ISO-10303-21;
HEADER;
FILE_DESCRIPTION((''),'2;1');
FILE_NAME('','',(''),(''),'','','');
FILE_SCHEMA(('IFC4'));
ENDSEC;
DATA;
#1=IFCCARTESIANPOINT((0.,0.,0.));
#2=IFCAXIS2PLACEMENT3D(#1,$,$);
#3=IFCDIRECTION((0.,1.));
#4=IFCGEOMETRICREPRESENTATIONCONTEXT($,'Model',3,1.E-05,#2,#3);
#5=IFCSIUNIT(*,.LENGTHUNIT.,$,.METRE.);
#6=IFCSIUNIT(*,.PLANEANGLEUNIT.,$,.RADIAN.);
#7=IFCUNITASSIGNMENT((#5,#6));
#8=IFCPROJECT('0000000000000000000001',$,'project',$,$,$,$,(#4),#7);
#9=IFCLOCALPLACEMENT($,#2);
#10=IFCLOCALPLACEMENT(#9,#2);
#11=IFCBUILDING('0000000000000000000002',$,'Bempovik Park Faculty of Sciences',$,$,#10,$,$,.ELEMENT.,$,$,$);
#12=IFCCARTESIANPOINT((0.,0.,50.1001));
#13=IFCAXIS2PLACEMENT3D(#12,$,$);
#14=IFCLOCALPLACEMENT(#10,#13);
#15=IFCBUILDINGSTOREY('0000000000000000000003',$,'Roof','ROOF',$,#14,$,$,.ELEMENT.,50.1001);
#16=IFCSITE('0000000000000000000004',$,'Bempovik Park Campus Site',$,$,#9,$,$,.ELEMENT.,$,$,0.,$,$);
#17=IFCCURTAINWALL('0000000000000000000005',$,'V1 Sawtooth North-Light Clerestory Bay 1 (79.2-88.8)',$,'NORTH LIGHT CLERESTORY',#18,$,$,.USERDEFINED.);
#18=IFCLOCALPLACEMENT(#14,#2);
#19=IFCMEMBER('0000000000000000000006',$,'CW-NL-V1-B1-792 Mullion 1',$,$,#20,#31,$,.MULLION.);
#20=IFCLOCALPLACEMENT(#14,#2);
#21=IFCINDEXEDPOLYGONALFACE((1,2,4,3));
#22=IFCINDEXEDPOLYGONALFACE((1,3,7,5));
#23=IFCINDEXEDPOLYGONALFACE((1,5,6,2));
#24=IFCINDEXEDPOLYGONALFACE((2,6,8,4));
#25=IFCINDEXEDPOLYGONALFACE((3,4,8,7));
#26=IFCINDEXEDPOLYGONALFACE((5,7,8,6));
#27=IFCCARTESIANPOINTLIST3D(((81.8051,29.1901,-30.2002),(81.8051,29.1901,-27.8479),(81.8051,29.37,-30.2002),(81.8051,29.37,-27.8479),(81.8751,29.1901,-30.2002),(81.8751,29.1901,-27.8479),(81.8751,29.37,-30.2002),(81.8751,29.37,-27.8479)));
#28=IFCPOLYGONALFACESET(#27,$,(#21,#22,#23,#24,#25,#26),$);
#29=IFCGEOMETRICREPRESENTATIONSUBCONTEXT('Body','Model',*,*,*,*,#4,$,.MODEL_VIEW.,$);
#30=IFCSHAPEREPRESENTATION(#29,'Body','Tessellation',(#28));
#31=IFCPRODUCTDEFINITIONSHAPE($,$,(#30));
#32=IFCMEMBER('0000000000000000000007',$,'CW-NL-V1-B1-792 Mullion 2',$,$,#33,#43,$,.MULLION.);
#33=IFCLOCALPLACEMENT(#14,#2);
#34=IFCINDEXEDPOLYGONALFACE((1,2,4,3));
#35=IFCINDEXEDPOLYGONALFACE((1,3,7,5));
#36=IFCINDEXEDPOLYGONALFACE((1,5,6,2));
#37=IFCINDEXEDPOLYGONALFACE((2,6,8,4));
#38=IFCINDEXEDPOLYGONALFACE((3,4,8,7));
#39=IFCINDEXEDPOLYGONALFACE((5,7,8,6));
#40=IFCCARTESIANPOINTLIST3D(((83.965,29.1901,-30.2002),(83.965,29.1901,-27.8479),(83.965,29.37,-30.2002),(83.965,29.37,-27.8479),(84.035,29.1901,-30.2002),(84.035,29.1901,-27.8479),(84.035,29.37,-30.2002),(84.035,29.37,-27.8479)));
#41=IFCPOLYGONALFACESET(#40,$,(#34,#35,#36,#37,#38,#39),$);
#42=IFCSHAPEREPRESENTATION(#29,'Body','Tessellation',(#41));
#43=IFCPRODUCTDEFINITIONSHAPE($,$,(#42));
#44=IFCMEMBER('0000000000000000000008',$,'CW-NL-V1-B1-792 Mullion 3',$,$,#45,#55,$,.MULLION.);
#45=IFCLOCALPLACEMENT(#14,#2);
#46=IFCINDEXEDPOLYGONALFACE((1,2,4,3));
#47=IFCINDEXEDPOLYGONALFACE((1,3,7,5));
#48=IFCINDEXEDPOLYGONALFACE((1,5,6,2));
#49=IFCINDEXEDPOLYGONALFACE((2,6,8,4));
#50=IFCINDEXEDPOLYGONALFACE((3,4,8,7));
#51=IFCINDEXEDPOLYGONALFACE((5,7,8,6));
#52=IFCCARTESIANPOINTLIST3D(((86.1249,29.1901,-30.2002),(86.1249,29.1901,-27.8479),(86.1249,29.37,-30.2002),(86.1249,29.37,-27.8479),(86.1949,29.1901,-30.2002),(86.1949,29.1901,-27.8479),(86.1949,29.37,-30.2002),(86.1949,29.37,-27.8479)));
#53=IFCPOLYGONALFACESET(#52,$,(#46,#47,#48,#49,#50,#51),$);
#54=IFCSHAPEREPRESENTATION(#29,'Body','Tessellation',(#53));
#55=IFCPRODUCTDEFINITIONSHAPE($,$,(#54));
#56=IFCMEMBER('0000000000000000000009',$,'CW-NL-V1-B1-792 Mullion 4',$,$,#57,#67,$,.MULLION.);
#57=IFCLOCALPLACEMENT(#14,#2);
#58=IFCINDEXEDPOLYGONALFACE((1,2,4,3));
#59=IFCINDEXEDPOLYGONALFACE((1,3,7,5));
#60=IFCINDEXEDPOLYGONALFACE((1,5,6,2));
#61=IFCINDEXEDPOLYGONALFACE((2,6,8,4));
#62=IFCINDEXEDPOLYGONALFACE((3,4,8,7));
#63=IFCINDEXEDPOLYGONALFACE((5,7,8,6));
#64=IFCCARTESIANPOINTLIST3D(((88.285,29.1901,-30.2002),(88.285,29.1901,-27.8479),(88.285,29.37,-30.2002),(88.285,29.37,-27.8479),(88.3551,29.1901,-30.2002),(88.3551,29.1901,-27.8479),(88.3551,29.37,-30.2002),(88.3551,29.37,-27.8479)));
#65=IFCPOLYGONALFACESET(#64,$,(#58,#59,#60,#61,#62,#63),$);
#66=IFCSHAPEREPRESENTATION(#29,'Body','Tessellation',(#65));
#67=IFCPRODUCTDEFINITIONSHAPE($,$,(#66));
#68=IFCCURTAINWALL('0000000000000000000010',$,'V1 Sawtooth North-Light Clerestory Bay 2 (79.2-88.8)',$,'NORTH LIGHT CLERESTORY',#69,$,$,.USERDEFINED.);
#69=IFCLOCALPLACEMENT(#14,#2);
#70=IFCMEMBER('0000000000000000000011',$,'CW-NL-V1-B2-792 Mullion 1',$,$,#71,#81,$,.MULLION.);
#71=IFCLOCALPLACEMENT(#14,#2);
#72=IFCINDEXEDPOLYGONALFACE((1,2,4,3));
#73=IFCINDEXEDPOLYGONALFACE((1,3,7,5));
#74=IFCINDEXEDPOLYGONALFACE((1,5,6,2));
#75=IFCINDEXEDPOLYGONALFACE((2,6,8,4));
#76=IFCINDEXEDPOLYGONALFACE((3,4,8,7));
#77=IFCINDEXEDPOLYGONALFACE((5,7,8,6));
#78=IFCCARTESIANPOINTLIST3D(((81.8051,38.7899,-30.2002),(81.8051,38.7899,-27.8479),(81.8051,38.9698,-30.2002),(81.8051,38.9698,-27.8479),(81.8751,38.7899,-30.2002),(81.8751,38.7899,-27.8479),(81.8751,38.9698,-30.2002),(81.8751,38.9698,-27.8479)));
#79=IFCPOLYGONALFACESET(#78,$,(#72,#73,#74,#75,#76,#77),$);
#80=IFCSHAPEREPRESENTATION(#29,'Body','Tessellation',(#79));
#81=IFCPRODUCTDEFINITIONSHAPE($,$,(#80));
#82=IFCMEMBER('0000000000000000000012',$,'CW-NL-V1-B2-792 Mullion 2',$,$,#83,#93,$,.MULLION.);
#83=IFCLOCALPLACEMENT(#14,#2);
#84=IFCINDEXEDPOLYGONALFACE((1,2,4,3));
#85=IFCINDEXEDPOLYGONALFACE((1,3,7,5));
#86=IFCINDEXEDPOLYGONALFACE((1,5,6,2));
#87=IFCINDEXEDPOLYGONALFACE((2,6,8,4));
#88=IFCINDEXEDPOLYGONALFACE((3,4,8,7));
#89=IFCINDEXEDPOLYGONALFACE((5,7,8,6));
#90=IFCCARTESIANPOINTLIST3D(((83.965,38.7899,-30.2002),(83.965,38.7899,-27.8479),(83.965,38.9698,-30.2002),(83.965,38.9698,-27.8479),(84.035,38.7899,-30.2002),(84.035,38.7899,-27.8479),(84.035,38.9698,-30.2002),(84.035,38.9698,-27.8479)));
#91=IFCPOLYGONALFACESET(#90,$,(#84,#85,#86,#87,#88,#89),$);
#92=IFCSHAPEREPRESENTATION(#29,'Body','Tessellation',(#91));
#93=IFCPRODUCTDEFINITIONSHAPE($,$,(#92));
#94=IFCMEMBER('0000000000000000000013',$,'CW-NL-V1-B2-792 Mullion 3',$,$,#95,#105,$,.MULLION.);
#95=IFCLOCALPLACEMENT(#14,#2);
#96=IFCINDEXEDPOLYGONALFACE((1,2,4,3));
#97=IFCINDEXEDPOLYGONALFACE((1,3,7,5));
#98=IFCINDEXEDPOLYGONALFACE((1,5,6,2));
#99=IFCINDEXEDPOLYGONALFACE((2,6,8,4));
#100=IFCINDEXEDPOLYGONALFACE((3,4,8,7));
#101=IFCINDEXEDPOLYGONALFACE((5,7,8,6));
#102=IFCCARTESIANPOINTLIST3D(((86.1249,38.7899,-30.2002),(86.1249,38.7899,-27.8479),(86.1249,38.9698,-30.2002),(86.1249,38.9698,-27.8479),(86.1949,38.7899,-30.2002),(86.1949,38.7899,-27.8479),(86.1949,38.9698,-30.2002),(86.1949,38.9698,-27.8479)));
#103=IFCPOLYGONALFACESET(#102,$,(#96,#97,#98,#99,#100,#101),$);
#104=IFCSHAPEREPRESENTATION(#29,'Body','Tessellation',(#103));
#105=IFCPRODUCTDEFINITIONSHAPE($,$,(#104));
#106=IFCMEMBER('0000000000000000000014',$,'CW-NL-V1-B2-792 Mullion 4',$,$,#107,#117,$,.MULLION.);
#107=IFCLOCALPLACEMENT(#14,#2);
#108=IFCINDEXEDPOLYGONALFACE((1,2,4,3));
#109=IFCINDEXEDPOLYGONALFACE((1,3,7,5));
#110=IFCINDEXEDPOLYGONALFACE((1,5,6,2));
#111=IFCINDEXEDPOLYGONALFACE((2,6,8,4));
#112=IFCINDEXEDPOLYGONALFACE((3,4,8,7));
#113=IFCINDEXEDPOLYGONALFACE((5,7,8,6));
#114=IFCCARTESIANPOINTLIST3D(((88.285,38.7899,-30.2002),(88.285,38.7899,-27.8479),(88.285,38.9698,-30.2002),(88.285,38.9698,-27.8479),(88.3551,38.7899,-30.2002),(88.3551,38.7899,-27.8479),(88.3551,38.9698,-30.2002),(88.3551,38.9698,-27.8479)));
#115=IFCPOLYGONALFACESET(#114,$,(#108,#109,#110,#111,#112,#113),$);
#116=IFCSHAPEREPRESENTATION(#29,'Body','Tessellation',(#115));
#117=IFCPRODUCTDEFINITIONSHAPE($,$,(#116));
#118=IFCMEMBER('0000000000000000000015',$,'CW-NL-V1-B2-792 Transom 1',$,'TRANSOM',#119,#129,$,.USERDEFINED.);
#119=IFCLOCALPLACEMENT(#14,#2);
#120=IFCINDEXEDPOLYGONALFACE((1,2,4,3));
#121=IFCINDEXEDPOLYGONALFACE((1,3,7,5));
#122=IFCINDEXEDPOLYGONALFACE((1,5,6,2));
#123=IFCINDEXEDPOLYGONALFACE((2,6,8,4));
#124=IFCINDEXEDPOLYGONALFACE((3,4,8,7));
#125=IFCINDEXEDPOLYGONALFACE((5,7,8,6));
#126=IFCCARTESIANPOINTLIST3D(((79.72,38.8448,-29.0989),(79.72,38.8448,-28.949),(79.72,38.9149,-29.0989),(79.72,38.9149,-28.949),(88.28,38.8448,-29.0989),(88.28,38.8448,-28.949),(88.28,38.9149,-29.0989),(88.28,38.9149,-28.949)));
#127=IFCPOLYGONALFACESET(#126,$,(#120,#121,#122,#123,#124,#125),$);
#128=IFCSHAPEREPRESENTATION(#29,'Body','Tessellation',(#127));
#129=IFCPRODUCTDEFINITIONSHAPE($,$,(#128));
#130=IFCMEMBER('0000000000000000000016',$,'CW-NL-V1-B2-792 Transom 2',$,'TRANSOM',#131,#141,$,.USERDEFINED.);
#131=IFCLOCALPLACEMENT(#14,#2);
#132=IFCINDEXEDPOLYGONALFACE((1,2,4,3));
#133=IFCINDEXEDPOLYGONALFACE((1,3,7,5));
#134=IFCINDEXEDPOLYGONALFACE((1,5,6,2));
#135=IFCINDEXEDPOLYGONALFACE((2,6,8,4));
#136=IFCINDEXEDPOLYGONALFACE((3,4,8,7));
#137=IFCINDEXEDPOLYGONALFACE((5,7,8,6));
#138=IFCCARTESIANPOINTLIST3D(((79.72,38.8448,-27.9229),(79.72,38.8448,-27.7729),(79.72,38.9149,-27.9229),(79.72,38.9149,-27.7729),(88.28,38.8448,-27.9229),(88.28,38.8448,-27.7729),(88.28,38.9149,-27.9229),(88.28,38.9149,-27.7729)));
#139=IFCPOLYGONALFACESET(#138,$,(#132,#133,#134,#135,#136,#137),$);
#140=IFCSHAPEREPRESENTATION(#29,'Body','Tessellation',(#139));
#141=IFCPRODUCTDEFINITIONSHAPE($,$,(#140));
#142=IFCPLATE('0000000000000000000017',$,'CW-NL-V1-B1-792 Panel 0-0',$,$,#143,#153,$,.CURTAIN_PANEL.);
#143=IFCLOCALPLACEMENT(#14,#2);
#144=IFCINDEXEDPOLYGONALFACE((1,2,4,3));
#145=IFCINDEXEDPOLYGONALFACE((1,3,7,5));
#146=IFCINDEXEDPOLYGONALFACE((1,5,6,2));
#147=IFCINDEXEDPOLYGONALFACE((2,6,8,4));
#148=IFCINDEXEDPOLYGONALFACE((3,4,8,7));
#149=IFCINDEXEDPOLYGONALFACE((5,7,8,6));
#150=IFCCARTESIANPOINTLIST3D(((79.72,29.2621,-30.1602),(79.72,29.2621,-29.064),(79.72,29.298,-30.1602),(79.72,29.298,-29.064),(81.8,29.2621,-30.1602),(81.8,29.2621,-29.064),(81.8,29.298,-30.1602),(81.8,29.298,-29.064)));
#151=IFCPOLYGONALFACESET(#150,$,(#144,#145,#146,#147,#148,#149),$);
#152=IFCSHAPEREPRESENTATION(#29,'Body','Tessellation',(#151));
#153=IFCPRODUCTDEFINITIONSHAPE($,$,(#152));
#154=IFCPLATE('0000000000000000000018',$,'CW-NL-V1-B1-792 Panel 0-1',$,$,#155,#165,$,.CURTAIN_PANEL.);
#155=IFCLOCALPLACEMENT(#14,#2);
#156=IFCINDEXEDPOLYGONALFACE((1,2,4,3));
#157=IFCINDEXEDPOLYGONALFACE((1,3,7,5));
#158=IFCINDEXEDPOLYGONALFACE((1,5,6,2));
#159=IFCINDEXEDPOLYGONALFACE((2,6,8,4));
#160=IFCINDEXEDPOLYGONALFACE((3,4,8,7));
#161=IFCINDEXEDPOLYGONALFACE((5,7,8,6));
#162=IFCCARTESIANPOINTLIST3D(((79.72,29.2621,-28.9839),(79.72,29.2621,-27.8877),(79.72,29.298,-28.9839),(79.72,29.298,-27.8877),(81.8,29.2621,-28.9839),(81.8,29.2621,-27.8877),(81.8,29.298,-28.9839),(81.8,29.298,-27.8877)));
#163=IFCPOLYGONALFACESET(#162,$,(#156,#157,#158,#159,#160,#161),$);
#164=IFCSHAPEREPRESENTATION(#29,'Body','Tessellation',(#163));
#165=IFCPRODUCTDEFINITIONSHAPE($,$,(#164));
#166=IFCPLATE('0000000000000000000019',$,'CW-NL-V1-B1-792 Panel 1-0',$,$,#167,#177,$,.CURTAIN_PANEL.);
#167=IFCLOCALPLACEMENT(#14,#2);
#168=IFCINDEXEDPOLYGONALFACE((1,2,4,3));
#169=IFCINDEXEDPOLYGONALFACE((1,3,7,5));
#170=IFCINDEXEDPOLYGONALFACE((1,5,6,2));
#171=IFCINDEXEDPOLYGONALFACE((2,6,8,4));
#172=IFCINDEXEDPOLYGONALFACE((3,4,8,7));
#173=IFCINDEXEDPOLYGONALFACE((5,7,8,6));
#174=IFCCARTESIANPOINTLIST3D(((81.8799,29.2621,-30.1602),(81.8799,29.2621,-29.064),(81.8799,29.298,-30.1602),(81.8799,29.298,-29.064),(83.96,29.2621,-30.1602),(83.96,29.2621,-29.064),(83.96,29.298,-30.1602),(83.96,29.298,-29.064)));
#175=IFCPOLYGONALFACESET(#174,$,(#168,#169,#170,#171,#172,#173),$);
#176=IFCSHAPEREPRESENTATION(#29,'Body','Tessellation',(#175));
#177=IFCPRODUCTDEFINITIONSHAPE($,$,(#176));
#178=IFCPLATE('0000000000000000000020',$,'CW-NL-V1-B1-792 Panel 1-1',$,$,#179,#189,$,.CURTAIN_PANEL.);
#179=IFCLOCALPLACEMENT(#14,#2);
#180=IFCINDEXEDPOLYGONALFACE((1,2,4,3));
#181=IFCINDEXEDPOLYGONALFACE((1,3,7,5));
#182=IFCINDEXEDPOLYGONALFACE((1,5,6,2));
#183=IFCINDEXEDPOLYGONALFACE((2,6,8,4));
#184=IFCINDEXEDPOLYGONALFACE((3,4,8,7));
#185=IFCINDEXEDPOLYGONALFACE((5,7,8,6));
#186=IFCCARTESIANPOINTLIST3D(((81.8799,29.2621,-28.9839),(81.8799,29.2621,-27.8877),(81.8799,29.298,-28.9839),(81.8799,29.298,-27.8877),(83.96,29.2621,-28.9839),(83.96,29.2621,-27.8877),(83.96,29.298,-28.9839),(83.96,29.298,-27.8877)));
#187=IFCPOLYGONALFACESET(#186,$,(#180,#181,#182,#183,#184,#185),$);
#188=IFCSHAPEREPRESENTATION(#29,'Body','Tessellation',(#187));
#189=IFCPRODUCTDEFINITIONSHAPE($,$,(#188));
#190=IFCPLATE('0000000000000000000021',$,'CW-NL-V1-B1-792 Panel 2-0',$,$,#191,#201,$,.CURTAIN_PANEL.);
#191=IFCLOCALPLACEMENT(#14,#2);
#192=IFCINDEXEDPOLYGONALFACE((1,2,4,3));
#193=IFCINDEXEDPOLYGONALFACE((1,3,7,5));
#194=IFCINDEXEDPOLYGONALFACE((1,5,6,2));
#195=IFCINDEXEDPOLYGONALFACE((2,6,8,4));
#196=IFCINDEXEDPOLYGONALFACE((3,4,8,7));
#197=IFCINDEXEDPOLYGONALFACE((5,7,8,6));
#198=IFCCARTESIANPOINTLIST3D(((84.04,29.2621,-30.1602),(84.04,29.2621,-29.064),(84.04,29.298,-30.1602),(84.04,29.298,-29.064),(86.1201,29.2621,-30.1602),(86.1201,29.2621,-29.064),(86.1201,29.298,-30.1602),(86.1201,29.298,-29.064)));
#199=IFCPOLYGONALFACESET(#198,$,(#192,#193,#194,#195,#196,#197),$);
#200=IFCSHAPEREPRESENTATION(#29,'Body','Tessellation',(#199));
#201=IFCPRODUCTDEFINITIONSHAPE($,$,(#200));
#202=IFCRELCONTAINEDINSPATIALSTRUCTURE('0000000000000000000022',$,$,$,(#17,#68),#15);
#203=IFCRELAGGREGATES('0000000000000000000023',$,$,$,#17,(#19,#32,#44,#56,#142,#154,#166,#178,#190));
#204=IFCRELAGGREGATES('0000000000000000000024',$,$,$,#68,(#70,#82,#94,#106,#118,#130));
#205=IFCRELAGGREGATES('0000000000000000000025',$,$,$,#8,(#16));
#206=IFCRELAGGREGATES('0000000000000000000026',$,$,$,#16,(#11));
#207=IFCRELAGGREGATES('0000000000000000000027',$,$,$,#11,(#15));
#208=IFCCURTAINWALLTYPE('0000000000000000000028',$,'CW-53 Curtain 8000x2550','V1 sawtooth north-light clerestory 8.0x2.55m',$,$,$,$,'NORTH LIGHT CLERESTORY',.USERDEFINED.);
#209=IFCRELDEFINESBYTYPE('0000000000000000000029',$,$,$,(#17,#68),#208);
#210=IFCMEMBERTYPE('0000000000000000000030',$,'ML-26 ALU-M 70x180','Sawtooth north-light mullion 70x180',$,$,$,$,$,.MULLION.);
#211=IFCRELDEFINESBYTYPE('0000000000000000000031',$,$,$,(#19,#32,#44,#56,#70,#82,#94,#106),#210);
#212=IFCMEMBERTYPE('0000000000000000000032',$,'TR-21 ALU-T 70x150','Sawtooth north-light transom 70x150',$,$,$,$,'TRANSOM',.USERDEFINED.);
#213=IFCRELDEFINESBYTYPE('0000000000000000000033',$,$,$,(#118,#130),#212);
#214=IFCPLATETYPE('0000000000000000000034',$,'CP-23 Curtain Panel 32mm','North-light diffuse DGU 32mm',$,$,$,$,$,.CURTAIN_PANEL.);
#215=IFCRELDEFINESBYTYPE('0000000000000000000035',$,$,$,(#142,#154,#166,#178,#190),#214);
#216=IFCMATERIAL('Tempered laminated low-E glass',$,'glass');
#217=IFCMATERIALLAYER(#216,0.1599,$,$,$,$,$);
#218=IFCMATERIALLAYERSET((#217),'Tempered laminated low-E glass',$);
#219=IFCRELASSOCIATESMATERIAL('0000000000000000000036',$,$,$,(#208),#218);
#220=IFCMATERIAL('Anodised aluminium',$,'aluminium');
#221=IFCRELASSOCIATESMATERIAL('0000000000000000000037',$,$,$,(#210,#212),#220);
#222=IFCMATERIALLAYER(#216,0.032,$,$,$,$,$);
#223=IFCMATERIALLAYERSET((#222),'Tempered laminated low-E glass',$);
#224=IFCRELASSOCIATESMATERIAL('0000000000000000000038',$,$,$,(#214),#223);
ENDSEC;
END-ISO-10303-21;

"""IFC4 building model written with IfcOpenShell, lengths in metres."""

from ifc_helpers import new_model, si_unit, direction, frame, origin, origin_2d, place, context, subcontext, project, spatial, rectangle, extrude, material, layer, layer_set, material_profile, profile_set, type_object, element, aggregate, save


model = new_model("IFC4")

# Units and contexts
model_context = context("Model", 3, precision=1e-05, world=origin(), true_north=direction((0.0, 1.0)))
body_context = subcontext(model_context, "Body", "Model", "MODEL_VIEW")
ifc_project = project(units=[si_unit("LENGTHUNIT", "METRE"), si_unit("PLANEANGLEUNIT", "RADIAN")], contexts=[model_context])

# Site, building, storey
site_placement = place(None, origin())
site = spatial("IfcSite", under=ifc_project, at=site_placement, Name="Bempovik Park Campus Site", CompositionType="ELEMENT", RefElevation=0.0)
building_placement = place(site_placement, origin())
building = spatial("IfcBuilding", under=site, at=building_placement, Name="Bempovik Park Faculty of Sciences", CompositionType="ELEMENT")
storey_placement = place(building_placement, frame((0.0, 0.0, 50.1001)))
storey = spatial("IfcBuildingStorey", under=building, at=storey_placement, Name="Roof", Description="ROOF", CompositionType="ELEMENT", Elevation=50.1001)

# Curtain walls, members
ifc_material_1 = material(Name="Tempered laminated low-E glass", Category="glass")
ifc_layer_1 = layer(ifc_material_1, 0.1599)
ifc_layer_set_1 = layer_set([ifc_layer_1], Name="Tempered laminated low-E glass")
curtain_wall_type = type_object("IfcCurtainWallType", Name="CW-53 Curtain 8000x2550", Description="V1 sawtooth north-light clerestory 8.0x2.55m", ElementType="NORTH LIGHT CLERESTORY", PredefinedType="USERDEFINED", material=ifc_layer_set_1)
curtain_wall_1_placement = place(storey_placement, origin())
curtain_wall_1 = element("IfcCurtainWall", 1, at=curtain_wall_1_placement, inside=storey, type_object=curtain_wall_type, Name="V1 Sawtooth North-Light Clerestory Bay 1 (79.2-88.8)", ObjectType="NORTH LIGHT CLERESTORY", PredefinedType="USERDEFINED")
ifc_material_2 = material(Name="Anodised aluminium", Category="aluminium")
ifc_material_profile_1 = material_profile(ifc_material_2, rectangle(XDim=0.0701, YDim=0.1799, at=origin_2d()), Name="ALU-M 70x180")
ifc_profile_set_1 = profile_set([ifc_material_profile_1], Name="Anodised aluminium")
member_type_1 = type_object("IfcMemberType", Name="ML-26 ALU-M 70x180", Description="Sawtooth north-light mullion 70x180", PredefinedType="MULLION", material=ifc_profile_set_1)
member_1_placement = place(storey_placement, frame((81.8401, 29.28, -30.2002), z_axis=(0.0, 0.0, 1.0), x_axis=(1.0, 0.0, 0.0)))
member_1 = element("IfcMember", 2, at=member_1_placement, type_object=member_type_1, Name="CW-NL-V1-B1-792 Mullion 1", PredefinedType="MULLION", context=body_context, shape_type="SweptSolid", body=[
    extrude(rectangle(XDim=0.0701, YDim=0.1799, at=origin_2d()), origin(), (0.0, 0.0, 1.0), 2.3523),
])
member_2_placement = place(storey_placement, frame((84.0, 29.28, -30.2002), z_axis=(0.0, 0.0, 1.0), x_axis=(1.0, 0.0, 0.0)))
member_2 = element("IfcMember", 3, at=member_2_placement, type_object=member_type_1, Name="CW-NL-V1-B1-792 Mullion 2", PredefinedType="MULLION", context=body_context, shape_type="SweptSolid", body=[
    extrude(rectangle(XDim=0.0701, YDim=0.1799, at=origin_2d()), origin(), (0.0, 0.0, 1.0), 2.3523),
])
member_3_placement = place(storey_placement, frame((86.1599, 29.28, -30.2002), z_axis=(0.0, 0.0, 1.0), x_axis=(1.0, 0.0, 0.0)))
member_3 = element("IfcMember", 4, at=member_3_placement, type_object=member_type_1, Name="CW-NL-V1-B1-792 Mullion 3", PredefinedType="MULLION", context=body_context, shape_type="SweptSolid", body=[
    extrude(rectangle(XDim=0.0701, YDim=0.1799, at=origin_2d()), origin(), (0.0, 0.0, 1.0), 2.3523),
])
member_4_placement = place(storey_placement, frame((88.3201, 29.28, -30.2002), z_axis=(0.0, 0.0, 1.0), x_axis=(1.0, 0.0, 0.0)))
member_4 = element("IfcMember", 5, at=member_4_placement, type_object=member_type_1, Name="CW-NL-V1-B1-792 Mullion 4", PredefinedType="MULLION", context=body_context, shape_type="SweptSolid", body=[
    extrude(rectangle(XDim=0.0701, YDim=0.1799, at=origin_2d()), origin(), (0.0, 0.0, 1.0), 2.3523),
])
curtain_wall_2_placement = place(storey_placement, origin())
curtain_wall_2 = element("IfcCurtainWall", 6, at=curtain_wall_2_placement, inside=storey, type_object=curtain_wall_type, Name="V1 Sawtooth North-Light Clerestory Bay 2 (79.2-88.8)", ObjectType="NORTH LIGHT CLERESTORY", PredefinedType="USERDEFINED")
member_5_placement = place(storey_placement, frame((81.8401, 38.8799, -30.2002), z_axis=(0.0, 0.0, 1.0), x_axis=(1.0, 0.0, 0.0)))
member_5 = element("IfcMember", 7, at=member_5_placement, type_object=member_type_1, Name="CW-NL-V1-B2-792 Mullion 1", PredefinedType="MULLION", context=body_context, shape_type="SweptSolid", body=[
    extrude(rectangle(XDim=0.0701, YDim=0.1799, at=origin_2d()), origin(), (0.0, 0.0, 1.0), 2.3523),
])
member_6_placement = place(storey_placement, frame((84.0, 38.8799, -30.2002), z_axis=(0.0, 0.0, 1.0), x_axis=(1.0, 0.0, 0.0)))
member_6 = element("IfcMember", 8, at=member_6_placement, type_object=member_type_1, Name="CW-NL-V1-B2-792 Mullion 2", PredefinedType="MULLION", context=body_context, shape_type="SweptSolid", body=[
    extrude(rectangle(XDim=0.0701, YDim=0.1799, at=origin_2d()), origin(), (0.0, 0.0, 1.0), 2.3523),
])
member_7_placement = place(storey_placement, frame((86.1599, 38.8799, -30.2002), z_axis=(0.0, 0.0, 1.0), x_axis=(1.0, 0.0, 0.0)))
member_7 = element("IfcMember", 9, at=member_7_placement, type_object=member_type_1, Name="CW-NL-V1-B2-792 Mullion 3", PredefinedType="MULLION", context=body_context, shape_type="SweptSolid", body=[
    extrude(rectangle(XDim=0.0701, YDim=0.1799, at=origin_2d()), origin(), (0.0, 0.0, 1.0), 2.3523),
])
member_8_placement = place(storey_placement, frame((88.3201, 38.8799, -30.2002), z_axis=(0.0, 0.0, 1.0), x_axis=(1.0, 0.0, 0.0)))
member_8 = element("IfcMember", 10, at=member_8_placement, type_object=member_type_1, Name="CW-NL-V1-B2-792 Mullion 4", PredefinedType="MULLION", context=body_context, shape_type="SweptSolid", body=[
    extrude(rectangle(XDim=0.0701, YDim=0.1799, at=origin_2d()), origin(), (0.0, 0.0, 1.0), 2.3523),
])
ifc_material_profile_2 = material_profile(ifc_material_2, rectangle(XDim=0.0701, YDim=0.1499, at=origin_2d()), Name="ALU-T 70x150")
ifc_profile_set_2 = profile_set([ifc_material_profile_2], Name="Anodised aluminium")
member_type_2 = type_object("IfcMemberType", Name="TR-21 ALU-T 70x150", Description="Sawtooth north-light transom 70x150", ElementType="TRANSOM", PredefinedType="USERDEFINED", material=ifc_profile_set_2)
member_9_placement = place(storey_placement, frame((79.72, 38.8799, -29.0239), z_axis=(1.0, 0.0, 0.0), x_axis=(0.0, 1.0, 0.0)))
member_9 = element("IfcMember", 11, at=member_9_placement, type_object=member_type_2, Name="CW-NL-V1-B2-792 Transom 1", ObjectType="TRANSOM", PredefinedType="USERDEFINED", context=body_context, shape_type="SweptSolid", body=[
    extrude(rectangle(XDim=0.0701, YDim=0.1499, at=origin_2d()), origin(), (0.0, 0.0, 1.0), 8.5601),
])
member_10_placement = place(storey_placement, frame((79.72, 38.8799, -27.8479), z_axis=(1.0, 0.0, 0.0), x_axis=(0.0, 1.0, 0.0)))
member_10 = element("IfcMember", 12, at=member_10_placement, type_object=member_type_2, Name="CW-NL-V1-B2-792 Transom 2", ObjectType="TRANSOM", PredefinedType="USERDEFINED", context=body_context, shape_type="SweptSolid", body=[
    extrude(rectangle(XDim=0.0701, YDim=0.1499, at=origin_2d()), origin(), (0.0, 0.0, 1.0), 8.5601),
])

# Plates
ifc_layer_2 = layer(ifc_material_1, 0.032)
ifc_layer_set_2 = layer_set([ifc_layer_2], Name="Tempered laminated low-E glass")
plate_type = type_object("IfcPlateType", Name="CP-23 Curtain Panel 32mm", Description="North-light diffuse DGU 32mm", PredefinedType="CURTAIN_PANEL", material=ifc_layer_set_2)
plate_1_placement = place(storey_placement, frame((80.76, 29.28, -30.1602), z_axis=(0.0, 0.0, 1.0), x_axis=(1.0, 0.0, 0.0)))
plate_1 = element("IfcPlate", 13, at=plate_1_placement, type_object=plate_type, Name="CW-NL-V1-B1-792 Panel 0-0", PredefinedType="CURTAIN_PANEL", context=body_context, shape_type="SweptSolid", body=[
    extrude(rectangle(XDim=2.0801, YDim=0.0359, at=origin_2d()), origin(), (0.0, 0.0, 1.0), 1.0962),
])
plate_2_placement = place(storey_placement, frame((80.76, 29.28, -28.9839), z_axis=(0.0, 0.0, 1.0), x_axis=(1.0, 0.0, 0.0)))
plate_2 = element("IfcPlate", 14, at=plate_2_placement, type_object=plate_type, Name="CW-NL-V1-B1-792 Panel 0-1", PredefinedType="CURTAIN_PANEL", context=body_context, shape_type="SweptSolid", body=[
    extrude(rectangle(XDim=2.0801, YDim=0.0359, at=origin_2d()), origin(), (0.0, 0.0, 1.0), 1.0962),
])
plate_3_placement = place(storey_placement, frame((82.9199, 29.28, -30.1602), z_axis=(0.0, 0.0, 1.0), x_axis=(1.0, 0.0, 0.0)))
plate_3 = element("IfcPlate", 15, at=plate_3_placement, type_object=plate_type, Name="CW-NL-V1-B1-792 Panel 1-0", PredefinedType="CURTAIN_PANEL", context=body_context, shape_type="SweptSolid", body=[
    extrude(rectangle(XDim=2.0801, YDim=0.0359, at=origin_2d()), origin(), (0.0, 0.0, 1.0), 1.0962),
])
plate_4_placement = place(storey_placement, frame((82.9199, 29.28, -28.9839), z_axis=(0.0, 0.0, 1.0), x_axis=(1.0, 0.0, 0.0)))
plate_4 = element("IfcPlate", 16, at=plate_4_placement, type_object=plate_type, Name="CW-NL-V1-B1-792 Panel 1-1", PredefinedType="CURTAIN_PANEL", context=body_context, shape_type="SweptSolid", body=[
    extrude(rectangle(XDim=2.0801, YDim=0.0359, at=origin_2d()), origin(), (0.0, 0.0, 1.0), 1.0962),
])
plate_5_placement = place(storey_placement, frame((85.0801, 29.28, -30.1602), z_axis=(0.0, 0.0, 1.0), x_axis=(1.0, 0.0, 0.0)))
plate_5 = element("IfcPlate", 17, at=plate_5_placement, type_object=plate_type, Name="CW-NL-V1-B1-792 Panel 2-0", PredefinedType="CURTAIN_PANEL", context=body_context, shape_type="SweptSolid", body=[
    extrude(rectangle(XDim=2.0801, YDim=0.0359, at=origin_2d()), origin(), (0.0, 0.0, 1.0), 1.0962),
])
aggregate(curtain_wall_1, [member_1, member_2, member_3, member_4, plate_1, plate_2, plate_3, plate_4, plate_5])
aggregate(curtain_wall_2, [member_5, member_6, member_7, member_8, member_9, member_10])

save(model, "model.ifc")
